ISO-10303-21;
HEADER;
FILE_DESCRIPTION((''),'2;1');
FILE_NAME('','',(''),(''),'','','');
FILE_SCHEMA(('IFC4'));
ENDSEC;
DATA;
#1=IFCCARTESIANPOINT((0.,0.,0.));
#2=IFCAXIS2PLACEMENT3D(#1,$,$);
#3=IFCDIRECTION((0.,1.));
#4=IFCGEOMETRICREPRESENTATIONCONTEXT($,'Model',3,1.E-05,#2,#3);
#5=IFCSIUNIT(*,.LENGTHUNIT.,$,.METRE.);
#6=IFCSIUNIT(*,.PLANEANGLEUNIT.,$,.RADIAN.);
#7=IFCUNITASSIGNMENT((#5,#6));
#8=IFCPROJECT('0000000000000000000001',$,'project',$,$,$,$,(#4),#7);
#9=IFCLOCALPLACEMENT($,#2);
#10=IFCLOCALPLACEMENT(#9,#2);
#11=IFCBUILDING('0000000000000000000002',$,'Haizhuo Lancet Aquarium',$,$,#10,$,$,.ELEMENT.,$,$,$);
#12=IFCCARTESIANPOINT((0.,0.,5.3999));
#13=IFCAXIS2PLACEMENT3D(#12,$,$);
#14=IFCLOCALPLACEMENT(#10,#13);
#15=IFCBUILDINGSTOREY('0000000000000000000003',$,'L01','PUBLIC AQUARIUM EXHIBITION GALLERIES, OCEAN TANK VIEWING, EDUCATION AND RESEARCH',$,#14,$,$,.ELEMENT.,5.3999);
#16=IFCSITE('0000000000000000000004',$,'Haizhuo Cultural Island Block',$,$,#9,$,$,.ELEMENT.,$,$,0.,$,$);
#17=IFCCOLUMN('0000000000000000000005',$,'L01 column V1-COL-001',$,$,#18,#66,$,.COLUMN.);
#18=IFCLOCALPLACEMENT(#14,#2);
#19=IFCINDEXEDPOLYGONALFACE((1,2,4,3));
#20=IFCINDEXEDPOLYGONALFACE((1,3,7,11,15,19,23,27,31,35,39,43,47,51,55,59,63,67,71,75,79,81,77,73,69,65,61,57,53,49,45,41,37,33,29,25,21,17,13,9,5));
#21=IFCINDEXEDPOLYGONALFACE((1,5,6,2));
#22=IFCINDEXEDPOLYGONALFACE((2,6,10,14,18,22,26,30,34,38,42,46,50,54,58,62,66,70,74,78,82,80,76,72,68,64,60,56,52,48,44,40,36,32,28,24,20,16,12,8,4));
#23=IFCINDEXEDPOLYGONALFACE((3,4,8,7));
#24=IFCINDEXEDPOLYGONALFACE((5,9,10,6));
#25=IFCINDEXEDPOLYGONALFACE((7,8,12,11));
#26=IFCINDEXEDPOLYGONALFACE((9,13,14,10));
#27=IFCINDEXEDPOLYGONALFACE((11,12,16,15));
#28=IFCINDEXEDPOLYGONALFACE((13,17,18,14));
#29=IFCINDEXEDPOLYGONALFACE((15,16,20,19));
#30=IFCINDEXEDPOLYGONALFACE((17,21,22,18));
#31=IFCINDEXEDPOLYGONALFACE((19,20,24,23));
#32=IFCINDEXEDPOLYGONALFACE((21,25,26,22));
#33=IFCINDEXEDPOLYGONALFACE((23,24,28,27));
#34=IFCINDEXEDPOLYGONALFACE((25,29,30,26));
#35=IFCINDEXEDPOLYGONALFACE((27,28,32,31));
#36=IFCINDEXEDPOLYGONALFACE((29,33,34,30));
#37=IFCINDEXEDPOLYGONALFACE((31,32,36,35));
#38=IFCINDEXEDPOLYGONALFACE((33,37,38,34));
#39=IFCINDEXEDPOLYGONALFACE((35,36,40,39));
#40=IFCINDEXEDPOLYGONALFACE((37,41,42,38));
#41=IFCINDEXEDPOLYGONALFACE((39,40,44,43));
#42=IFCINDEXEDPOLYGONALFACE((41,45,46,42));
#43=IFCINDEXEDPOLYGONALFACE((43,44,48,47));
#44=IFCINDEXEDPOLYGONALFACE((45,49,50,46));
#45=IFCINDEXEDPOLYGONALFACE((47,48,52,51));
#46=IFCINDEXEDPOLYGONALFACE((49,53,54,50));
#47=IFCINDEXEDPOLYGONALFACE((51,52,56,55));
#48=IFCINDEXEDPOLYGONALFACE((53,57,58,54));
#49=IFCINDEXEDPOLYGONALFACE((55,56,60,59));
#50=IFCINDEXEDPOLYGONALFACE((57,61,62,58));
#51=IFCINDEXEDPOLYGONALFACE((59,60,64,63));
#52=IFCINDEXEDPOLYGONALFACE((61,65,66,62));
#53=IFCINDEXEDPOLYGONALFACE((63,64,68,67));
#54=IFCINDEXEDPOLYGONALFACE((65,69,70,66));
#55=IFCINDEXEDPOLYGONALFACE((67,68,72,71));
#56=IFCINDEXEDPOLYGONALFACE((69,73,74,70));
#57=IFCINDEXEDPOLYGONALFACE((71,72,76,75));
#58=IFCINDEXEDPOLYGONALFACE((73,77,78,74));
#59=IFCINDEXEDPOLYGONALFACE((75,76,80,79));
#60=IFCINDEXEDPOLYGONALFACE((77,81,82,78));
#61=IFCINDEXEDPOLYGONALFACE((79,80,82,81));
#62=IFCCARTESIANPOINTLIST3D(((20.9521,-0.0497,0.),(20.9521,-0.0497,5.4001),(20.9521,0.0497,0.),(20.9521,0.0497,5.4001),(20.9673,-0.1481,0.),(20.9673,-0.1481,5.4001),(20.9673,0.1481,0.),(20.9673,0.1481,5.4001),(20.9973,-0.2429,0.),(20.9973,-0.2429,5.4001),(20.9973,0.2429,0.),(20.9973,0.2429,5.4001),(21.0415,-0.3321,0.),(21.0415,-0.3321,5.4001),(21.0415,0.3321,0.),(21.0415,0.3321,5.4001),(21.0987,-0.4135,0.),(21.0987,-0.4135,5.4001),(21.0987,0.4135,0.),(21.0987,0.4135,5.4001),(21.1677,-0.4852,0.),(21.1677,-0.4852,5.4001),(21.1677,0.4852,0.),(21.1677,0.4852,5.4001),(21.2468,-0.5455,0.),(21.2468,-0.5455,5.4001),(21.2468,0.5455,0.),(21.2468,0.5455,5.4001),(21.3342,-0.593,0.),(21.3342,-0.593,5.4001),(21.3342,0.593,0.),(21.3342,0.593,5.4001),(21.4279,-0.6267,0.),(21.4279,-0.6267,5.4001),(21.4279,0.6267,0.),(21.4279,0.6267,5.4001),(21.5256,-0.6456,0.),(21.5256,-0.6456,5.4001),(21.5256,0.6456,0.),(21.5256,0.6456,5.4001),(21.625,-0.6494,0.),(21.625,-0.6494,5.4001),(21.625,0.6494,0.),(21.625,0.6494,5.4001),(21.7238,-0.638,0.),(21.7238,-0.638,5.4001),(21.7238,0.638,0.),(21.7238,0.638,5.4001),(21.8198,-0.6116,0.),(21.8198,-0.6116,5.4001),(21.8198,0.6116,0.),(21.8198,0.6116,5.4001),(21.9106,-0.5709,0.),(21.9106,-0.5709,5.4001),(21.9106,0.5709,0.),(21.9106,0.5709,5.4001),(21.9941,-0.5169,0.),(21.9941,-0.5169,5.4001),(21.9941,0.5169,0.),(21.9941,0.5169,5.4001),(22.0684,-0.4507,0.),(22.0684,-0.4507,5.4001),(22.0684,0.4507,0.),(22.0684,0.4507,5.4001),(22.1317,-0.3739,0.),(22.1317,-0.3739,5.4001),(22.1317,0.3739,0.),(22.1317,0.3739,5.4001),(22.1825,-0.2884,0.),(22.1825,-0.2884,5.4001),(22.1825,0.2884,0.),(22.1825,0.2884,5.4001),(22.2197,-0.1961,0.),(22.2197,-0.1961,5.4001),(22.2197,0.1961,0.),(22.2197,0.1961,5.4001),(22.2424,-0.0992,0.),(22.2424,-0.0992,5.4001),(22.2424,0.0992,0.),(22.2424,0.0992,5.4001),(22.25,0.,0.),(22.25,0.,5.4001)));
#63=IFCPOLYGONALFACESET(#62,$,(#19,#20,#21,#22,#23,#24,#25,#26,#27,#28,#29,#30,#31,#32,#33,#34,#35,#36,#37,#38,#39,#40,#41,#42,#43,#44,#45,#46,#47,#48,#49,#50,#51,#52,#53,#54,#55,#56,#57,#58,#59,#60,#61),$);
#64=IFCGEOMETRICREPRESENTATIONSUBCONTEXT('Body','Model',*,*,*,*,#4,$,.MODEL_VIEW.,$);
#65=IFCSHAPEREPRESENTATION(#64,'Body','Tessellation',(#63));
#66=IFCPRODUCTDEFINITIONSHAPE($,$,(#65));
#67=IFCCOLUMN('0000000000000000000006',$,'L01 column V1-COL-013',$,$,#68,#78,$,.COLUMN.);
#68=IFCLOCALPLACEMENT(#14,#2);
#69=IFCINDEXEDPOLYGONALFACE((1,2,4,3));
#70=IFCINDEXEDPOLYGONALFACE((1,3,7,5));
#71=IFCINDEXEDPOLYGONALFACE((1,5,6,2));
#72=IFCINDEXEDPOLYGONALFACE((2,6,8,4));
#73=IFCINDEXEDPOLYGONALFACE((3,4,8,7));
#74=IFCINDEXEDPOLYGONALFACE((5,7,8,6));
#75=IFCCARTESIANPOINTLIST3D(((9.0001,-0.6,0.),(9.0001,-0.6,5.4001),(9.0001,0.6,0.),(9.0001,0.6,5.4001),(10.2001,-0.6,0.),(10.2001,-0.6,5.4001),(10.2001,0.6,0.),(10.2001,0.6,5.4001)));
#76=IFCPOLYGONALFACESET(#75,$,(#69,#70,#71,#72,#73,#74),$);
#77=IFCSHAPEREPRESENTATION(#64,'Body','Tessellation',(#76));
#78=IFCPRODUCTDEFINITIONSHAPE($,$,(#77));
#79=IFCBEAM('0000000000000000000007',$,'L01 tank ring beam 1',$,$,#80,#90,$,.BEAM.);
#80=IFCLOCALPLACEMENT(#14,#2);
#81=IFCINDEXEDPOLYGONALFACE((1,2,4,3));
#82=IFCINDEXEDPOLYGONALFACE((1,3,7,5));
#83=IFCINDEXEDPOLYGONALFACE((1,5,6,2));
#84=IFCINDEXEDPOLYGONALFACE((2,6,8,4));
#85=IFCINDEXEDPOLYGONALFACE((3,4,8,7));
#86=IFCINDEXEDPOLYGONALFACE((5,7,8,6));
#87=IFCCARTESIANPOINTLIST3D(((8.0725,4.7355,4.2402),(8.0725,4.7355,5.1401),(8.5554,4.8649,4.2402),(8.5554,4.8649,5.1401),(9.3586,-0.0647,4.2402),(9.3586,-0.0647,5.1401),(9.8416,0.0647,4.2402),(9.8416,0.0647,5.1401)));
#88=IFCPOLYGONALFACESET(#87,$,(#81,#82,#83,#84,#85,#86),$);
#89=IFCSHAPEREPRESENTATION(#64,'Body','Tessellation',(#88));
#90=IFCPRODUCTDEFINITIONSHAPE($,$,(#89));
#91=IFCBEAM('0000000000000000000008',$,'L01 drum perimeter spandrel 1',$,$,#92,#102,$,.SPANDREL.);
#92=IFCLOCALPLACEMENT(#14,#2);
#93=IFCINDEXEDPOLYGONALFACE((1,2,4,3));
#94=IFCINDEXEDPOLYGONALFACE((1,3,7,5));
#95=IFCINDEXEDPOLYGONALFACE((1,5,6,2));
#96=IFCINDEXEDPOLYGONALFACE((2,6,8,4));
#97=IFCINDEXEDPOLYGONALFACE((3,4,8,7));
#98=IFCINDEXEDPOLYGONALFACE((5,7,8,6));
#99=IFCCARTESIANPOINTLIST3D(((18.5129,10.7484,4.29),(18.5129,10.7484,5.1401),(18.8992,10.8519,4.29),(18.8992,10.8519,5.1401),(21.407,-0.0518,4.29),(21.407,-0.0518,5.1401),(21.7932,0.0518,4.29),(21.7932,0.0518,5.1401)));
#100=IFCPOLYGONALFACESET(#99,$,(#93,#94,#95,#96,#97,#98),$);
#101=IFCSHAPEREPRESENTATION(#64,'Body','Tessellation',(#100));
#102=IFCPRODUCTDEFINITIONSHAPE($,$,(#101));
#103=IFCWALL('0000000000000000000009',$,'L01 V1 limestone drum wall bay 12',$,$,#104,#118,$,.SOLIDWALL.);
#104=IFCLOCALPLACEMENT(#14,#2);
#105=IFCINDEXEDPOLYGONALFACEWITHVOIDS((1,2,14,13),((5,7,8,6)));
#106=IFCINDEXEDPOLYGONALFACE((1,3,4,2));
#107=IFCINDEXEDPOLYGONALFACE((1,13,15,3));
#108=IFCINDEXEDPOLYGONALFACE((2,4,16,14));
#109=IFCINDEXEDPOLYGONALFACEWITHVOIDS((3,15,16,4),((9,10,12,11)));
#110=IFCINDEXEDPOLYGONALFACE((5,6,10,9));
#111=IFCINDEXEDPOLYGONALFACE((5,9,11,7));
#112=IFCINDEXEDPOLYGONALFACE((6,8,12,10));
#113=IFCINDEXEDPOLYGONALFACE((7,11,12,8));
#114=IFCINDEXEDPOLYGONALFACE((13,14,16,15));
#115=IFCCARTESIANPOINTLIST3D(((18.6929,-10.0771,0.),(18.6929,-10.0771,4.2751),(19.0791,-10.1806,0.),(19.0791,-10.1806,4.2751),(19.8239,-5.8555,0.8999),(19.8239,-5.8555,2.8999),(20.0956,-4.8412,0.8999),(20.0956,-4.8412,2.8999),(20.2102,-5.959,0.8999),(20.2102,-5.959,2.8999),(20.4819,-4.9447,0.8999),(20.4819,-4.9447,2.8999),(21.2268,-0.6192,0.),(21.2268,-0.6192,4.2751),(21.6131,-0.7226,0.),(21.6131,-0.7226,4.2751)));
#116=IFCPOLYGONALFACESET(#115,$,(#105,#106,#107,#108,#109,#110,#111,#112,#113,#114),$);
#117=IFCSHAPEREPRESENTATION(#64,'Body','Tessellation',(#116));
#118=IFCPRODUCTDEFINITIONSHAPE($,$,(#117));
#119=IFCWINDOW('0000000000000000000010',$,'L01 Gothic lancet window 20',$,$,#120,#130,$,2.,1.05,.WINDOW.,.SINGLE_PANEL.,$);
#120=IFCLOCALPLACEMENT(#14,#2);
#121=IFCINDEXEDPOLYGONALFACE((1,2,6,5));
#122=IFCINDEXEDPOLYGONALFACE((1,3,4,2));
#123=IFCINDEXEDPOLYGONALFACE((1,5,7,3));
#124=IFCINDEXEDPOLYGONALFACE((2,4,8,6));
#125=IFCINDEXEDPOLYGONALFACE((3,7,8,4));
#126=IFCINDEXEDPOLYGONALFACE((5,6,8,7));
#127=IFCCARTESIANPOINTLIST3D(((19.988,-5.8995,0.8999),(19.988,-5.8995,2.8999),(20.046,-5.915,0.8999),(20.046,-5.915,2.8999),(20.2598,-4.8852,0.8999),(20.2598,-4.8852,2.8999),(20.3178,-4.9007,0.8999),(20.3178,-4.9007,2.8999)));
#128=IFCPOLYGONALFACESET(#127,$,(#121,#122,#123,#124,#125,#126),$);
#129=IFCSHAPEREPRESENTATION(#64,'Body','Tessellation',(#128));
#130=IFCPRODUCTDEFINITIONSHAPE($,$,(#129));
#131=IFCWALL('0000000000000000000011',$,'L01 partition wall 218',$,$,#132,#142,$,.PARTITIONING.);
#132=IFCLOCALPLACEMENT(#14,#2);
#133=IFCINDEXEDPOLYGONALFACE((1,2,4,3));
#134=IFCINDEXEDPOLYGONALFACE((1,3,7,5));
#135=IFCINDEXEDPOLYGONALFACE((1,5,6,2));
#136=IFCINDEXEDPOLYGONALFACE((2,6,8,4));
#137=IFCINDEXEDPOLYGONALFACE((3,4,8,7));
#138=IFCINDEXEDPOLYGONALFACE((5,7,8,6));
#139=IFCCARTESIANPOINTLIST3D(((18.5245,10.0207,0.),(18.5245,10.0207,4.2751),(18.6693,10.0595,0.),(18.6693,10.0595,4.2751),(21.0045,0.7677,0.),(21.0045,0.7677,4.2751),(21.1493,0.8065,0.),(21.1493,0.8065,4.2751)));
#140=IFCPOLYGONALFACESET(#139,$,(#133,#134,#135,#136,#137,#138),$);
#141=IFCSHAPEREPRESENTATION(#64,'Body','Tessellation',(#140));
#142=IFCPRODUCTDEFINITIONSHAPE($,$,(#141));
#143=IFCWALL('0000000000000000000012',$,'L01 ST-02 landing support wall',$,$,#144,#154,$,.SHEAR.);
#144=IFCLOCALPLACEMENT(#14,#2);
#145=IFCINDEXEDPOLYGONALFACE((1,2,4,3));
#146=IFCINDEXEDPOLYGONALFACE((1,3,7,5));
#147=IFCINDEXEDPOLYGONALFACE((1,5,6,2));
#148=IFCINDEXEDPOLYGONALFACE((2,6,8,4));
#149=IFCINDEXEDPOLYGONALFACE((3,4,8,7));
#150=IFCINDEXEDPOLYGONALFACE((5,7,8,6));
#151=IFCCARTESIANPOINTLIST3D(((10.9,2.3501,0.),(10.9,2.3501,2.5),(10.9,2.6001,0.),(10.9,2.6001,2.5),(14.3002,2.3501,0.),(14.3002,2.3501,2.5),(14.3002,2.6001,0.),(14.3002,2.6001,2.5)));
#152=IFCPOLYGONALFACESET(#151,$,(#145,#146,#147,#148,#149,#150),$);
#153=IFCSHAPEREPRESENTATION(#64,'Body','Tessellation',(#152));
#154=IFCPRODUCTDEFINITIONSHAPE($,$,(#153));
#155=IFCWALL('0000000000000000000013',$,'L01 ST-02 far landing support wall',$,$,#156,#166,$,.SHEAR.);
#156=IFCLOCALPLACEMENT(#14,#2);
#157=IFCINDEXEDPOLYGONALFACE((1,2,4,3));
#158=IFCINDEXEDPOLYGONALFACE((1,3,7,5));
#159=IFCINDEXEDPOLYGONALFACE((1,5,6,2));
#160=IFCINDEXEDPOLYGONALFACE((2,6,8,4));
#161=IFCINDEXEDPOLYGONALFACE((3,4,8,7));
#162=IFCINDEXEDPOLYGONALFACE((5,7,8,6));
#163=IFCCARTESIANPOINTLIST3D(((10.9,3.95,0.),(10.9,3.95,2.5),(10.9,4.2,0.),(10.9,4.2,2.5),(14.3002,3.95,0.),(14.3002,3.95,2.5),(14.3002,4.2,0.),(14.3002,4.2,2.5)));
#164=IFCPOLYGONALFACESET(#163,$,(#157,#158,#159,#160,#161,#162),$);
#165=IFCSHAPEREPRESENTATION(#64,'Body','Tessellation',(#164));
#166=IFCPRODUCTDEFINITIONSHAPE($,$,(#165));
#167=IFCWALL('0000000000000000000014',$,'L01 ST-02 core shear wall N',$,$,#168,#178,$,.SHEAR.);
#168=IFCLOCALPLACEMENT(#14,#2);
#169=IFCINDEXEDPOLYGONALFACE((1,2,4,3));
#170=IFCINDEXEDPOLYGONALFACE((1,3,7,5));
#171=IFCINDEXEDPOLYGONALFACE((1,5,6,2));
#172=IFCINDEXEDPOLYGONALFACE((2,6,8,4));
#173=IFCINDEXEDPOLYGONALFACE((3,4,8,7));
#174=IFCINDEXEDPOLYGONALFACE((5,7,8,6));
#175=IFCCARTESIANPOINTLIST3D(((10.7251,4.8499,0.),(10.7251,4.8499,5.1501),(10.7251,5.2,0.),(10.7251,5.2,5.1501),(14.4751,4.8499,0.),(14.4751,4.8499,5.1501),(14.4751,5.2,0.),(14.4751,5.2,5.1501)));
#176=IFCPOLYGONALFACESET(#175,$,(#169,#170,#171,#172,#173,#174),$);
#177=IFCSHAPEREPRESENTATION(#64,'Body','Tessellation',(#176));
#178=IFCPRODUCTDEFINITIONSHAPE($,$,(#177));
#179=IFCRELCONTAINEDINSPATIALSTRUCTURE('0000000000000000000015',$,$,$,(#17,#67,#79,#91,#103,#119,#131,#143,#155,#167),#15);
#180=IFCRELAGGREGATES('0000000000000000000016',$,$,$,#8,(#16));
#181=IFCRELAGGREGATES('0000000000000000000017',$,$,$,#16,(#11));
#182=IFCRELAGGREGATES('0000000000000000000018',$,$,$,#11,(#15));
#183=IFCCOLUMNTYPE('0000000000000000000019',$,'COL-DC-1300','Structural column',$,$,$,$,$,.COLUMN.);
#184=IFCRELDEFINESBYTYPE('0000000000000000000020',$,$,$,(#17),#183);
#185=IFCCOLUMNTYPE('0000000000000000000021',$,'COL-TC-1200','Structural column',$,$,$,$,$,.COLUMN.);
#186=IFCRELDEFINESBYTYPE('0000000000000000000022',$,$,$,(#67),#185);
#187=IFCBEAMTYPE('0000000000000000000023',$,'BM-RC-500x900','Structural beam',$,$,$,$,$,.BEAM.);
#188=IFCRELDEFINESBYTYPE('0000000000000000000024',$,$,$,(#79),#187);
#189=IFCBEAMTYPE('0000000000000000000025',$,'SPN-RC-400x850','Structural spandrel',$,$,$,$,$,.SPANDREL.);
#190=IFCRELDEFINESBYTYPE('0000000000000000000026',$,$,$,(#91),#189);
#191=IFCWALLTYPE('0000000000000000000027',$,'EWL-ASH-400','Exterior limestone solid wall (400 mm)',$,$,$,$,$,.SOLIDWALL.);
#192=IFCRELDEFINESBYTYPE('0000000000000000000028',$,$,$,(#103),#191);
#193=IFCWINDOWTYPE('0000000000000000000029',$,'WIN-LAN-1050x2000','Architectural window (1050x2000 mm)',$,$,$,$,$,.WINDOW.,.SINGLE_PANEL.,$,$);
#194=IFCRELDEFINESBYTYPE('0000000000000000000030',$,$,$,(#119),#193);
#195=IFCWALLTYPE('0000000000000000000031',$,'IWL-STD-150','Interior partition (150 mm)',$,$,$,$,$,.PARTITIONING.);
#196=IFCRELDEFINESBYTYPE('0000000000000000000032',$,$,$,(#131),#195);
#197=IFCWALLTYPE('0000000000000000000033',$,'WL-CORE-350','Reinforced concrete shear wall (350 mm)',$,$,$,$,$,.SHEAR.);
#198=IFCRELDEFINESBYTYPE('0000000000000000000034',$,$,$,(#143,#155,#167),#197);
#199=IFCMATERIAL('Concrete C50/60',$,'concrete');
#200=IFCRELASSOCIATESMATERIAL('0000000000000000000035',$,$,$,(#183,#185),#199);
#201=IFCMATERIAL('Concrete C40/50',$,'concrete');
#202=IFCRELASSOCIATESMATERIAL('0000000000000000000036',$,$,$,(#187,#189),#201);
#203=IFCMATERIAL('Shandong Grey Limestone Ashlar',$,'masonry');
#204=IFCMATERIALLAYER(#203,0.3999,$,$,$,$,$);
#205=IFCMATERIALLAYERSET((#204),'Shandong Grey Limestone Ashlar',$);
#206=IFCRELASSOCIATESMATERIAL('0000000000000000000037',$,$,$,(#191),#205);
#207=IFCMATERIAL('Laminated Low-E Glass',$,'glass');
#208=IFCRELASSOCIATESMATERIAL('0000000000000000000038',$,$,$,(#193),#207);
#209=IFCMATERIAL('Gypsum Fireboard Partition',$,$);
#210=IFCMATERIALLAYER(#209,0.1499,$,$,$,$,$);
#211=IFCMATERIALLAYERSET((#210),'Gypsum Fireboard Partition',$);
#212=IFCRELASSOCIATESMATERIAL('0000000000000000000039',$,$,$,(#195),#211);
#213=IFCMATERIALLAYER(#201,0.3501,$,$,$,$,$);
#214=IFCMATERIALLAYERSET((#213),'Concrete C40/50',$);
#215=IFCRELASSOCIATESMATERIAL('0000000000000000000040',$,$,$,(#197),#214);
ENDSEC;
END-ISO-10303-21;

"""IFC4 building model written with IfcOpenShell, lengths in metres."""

from ifc_helpers import new_model, si_unit, direction, frame, frame_2d, origin, origin_2d, place, context, subcontext, project, spatial, rectangle, circle, extrude, material, layer, layer_set, material_profile, profile_set, type_object, element, fill, save


model = new_model("IFC4")

# Units and contexts
model_context = context("Model", 3, precision=1e-05, world=origin(), true_north=direction((0.0, 1.0)))
body_context = subcontext(model_context, "Body", "Model", "MODEL_VIEW")
ifc_project = project(units=[si_unit("LENGTHUNIT", "METRE"), si_unit("PLANEANGLEUNIT", "RADIAN")], contexts=[model_context])

# Site, building, storey
site_placement = place(None, origin())
site = spatial("IfcSite", under=ifc_project, at=site_placement, Name="Haizhuo Cultural Island Block", CompositionType="ELEMENT", RefElevation=0.0)
building_placement = place(site_placement, origin())
building = spatial("IfcBuilding", under=site, at=building_placement, Name="Haizhuo Lancet Aquarium", CompositionType="ELEMENT")
storey_placement = place(building_placement, frame((0.0, 0.0, 5.3999)))
storey = spatial("IfcBuildingStorey", under=building, at=storey_placement, Name="L01", Description="PUBLIC AQUARIUM EXHIBITION GALLERIES, OCEAN TANK VIEWING, EDUCATION AND RESEARCH", CompositionType="ELEMENT", Elevation=5.3999)

# Columns
ifc_material_1 = material(Name="Concrete C50/60", Category="concrete")
ifc_material_profile_1 = material_profile(ifc_material_1, circle(Radius=0.6499, at=origin_2d()), Name="RC-DC 1300")
ifc_profile_set_1 = profile_set([ifc_material_profile_1], Name="Concrete C50/60")
column_type_1 = type_object("IfcColumnType", Name="COL-DC-1300", Description="Structural column", PredefinedType="COLUMN", material=ifc_profile_set_1)
column_1_placement = place(storey_placement, frame((21.6001, 0.0, 0.0), z_axis=(0.0, 0.0, 1.0), x_axis=(1.0, 0.0, 0.0)))
element("IfcColumn", 1, at=column_1_placement, inside=storey, type_object=column_type_1, Name="L01 column V1-COL-001", PredefinedType="COLUMN", context=body_context, shape_type="SweptSolid", body=[
    extrude(circle(Radius=0.6499, at=origin_2d()), origin(), (0.0, 0.0, 1.0), 5.4001),
])
ifc_material_profile_2 = material_profile(ifc_material_1, rectangle(XDim=1.2, YDim=1.2, at=origin_2d()), Name="RC-COL 1200x1200")
ifc_profile_set_2 = profile_set([ifc_material_profile_2], Name="Concrete C50/60")
column_type_2 = type_object("IfcColumnType", Name="COL-TC-1200", Description="Structural column", PredefinedType="COLUMN", material=ifc_profile_set_2)
column_2_placement = place(storey_placement, frame((9.6001, 0.0, 0.0), z_axis=(0.0, 0.0, 1.0), x_axis=(1.0, 0.0, 0.0)))
element("IfcColumn", 2, at=column_2_placement, inside=storey, type_object=column_type_2, Name="L01 column V1-COL-013", PredefinedType="COLUMN", context=body_context, shape_type="SweptSolid", body=[
    extrude(rectangle(XDim=1.2, YDim=1.2, at=origin_2d()), origin(), (0.0, 0.0, 1.0), 5.4001),
])

# Beams
ifc_material_2 = material(Name="Concrete C40/50", Category="concrete")
ifc_material_profile_3 = material_profile(ifc_material_2, rectangle(XDim=0.5, YDim=0.8999, at=origin_2d()), Name="RC-BM 500x900")
ifc_profile_set_3 = profile_set([ifc_material_profile_3], Name="Concrete C40/50")
beam_type_1 = type_object("IfcBeamType", Name="BM-RC-500x900", Description="Structural beam", PredefinedType="BEAM", material=ifc_profile_set_3)
beam_1_placement = place(storey_placement, frame((9.6001, 0.0, 4.6902), z_axis=(-0.258812, 0.965928, 0.0), x_axis=(-0.965928, -0.258812, 0.0)))
element("IfcBeam", 3, at=beam_1_placement, inside=storey, type_object=beam_type_1, Name="L01 tank ring beam 1", PredefinedType="BEAM", context=body_context, shape_type="SweptSolid", body=[
    extrude(rectangle(XDim=0.5, YDim=0.8999, at=origin_2d()), origin(), (0.0, 0.0, 1.0), 4.9695),
])
ifc_material_profile_4 = material_profile(ifc_material_2, rectangle(XDim=0.3999, YDim=0.8501, at=origin_2d()), Name="RC-SP 400x850")
ifc_profile_set_4 = profile_set([ifc_material_profile_4], Name="Concrete C40/50")
beam_type_2 = type_object("IfcBeamType", Name="SPN-RC-400x850", Description="Structural spandrel", PredefinedType="SPANDREL", material=ifc_profile_set_4)
beam_2_placement = place(storey_placement, frame((21.6001, 0.0, 4.7151), z_axis=(-0.258834, 0.965922, 0.0), x_axis=(-0.965922, -0.258834, 0.0)))
element("IfcBeam", 4, at=beam_2_placement, inside=storey, type_object=beam_type_2, Name="L01 drum perimeter spandrel 1", PredefinedType="SPANDREL", context=body_context, shape_type="SweptSolid", body=[
    extrude(rectangle(XDim=0.3999, YDim=0.8501, at=origin_2d()), origin(), (0.0, 0.0, 1.0), 11.1812),
])

# Wall, opening, window
ifc_material_3 = material(Name="Shandong Grey Limestone Ashlar", Category="masonry")
ifc_layer_1 = layer(ifc_material_3, 0.3999)
ifc_layer_set_1 = layer_set([ifc_layer_1], Name="Shandong Grey Limestone Ashlar")
wall_type_1 = type_object("IfcWallType", Name="EWL-ASH-400", Description="Exterior limestone solid wall (400 mm)", PredefinedType="SOLIDWALL", material=ifc_layer_set_1)
wall_1_placement = place(storey_placement, frame((21.4199, -0.6709, 0.0), z_axis=(0.0, 0.0, 1.0), x_axis=(-0.258788, -0.965934, 0.0)))
wall_1 = element("IfcWall", 5, at=wall_1_placement, inside=storey, type_object=wall_type_1, Name="L01 V1 limestone drum wall bay 12", PredefinedType="SOLIDWALL", context=body_context, shape_type="SweptSolid", body=[
    extrude(rectangle(XDim=9.7915, YDim=0.3999, at=frame_2d((4.8958, 0.0))), origin(), (0.0, 0.0, 1.0), 4.2751),
])
opening_1_placement = place(wall_1_placement, frame((4.3711, 0.0, 0.8999)))
opening_1 = element("IfcOpeningElement", 6, at=opening_1_placement, cuts=wall_1, PredefinedType="OPENING", context=body_context, shape_type="SweptSolid", body=[
    extrude(rectangle(XDim=1.05, YDim=2.0, at=frame_2d((0.5249, 1.0))), frame((0.0, 0.21, 0.0), z_axis=(0.0, -1.0, 0.0), x_axis=(1.0, 0.0, 0.0)), (0.0, 0.0, 1.0), 0.4199),
])
ifc_material_4 = material(Name="Laminated Low-E Glass", Category="glass")
window_type = type_object("IfcWindowType", Name="WIN-LAN-1050x2000", Description="Architectural window (1050x2000 mm)", PartitioningType="SINGLE_PANEL", PredefinedType="WINDOW", material=ifc_material_4)
window_placement = place(opening_1_placement, origin())
window = element("IfcWindow", 7, at=window_placement, inside=storey, type_object=window_type, Name="L01 Gothic lancet window 20", OverallHeight=2.0, OverallWidth=1.05, PartitioningType="SINGLE_PANEL", PredefinedType="WINDOW", context=body_context, shape_type="SweptSolid", body=[
    extrude(rectangle(XDim=1.05, YDim=2.0, at=frame_2d((0.5249, 1.0))), frame((0.0, 0.03, 0.0), z_axis=(0.0, -1.0, 0.0), x_axis=(1.0, 0.0, 0.0)), (0.0, 0.0, 1.0), 0.0601),
])
fill(opening_1, window)

# Walls
ifc_material_5 = material(Name="Gypsum Fireboard Partition")
ifc_layer_2 = layer(ifc_material_5, 0.1499)
ifc_layer_set_2 = layer_set([ifc_layer_2], Name="Gypsum Fireboard Partition")
wall_type_2 = type_object("IfcWallType", Name="IWL-STD-150", Description="Interior partition (150 mm)", PredefinedType="PARTITIONING", material=ifc_layer_set_2)
wall_2_placement = place(storey_placement, frame((21.0769, 0.7871, 0.0), z_axis=(0.0, 0.0, 1.0), x_axis=(-0.258884, 0.965908, 0.0)))
element("IfcWall", 8, at=wall_2_placement, inside=storey, type_object=wall_type_2, Name="L01 partition wall 218", PredefinedType="PARTITIONING", context=body_context, shape_type="SweptSolid", body=[
    extrude(rectangle(XDim=9.5796, YDim=0.1499, at=frame_2d((4.7898, 0.0))), origin(), (0.0, 0.0, 1.0), 4.2751),
])
ifc_layer_3 = layer(ifc_material_2, 0.3501)
ifc_layer_set_3 = layer_set([ifc_layer_3], Name="Concrete C40/50")
wall_type_3 = type_object("IfcWallType", Name="WL-CORE-350", Description="Reinforced concrete shear wall (350 mm)", PredefinedType="SHEAR", material=ifc_layer_set_3)
for number, where, z_axis, x_axis, name in (
    (9, (10.8999, 2.4751, 0.0), (0.0, 0.0, 1.0), (1.0, 0.0, 0.0), "L01 ST-02 landing support wall"),
    (10, (10.8999, 4.075, 0.0), (0.0, 0.0, 1.0), (1.0, 0.0, 0.0), "L01 ST-02 far landing support wall"),
):
    element("IfcWall", number, at=place(storey_placement, frame(where, z_axis=z_axis, x_axis=x_axis)), inside=storey, type_object=wall_type_3, Name=name, PredefinedType="SHEAR", context=body_context, shape_type="SweptSolid", body=[
        extrude(rectangle(XDim=3.4001, YDim=0.25, at=frame_2d((1.7002, 0.0))), origin(), (0.0, 0.0, 1.0), 2.5),
    ])
wall_3_placement = place(storey_placement, frame((10.7251, 5.0249, 0.0), z_axis=(0.0, 0.0, 1.0), x_axis=(1.0, 0.0, 0.0)))
element("IfcWall", 11, at=wall_3_placement, inside=storey, type_object=wall_type_3, Name="L01 ST-02 core shear wall N", PredefinedType="SHEAR", context=body_context, shape_type="SweptSolid", body=[
    extrude(rectangle(XDim=3.75, YDim=0.3501, at=frame_2d((1.875, 0.0))), origin(), (0.0, 0.0, 1.0), 5.1501),
])

save(model, "model.ifc")
